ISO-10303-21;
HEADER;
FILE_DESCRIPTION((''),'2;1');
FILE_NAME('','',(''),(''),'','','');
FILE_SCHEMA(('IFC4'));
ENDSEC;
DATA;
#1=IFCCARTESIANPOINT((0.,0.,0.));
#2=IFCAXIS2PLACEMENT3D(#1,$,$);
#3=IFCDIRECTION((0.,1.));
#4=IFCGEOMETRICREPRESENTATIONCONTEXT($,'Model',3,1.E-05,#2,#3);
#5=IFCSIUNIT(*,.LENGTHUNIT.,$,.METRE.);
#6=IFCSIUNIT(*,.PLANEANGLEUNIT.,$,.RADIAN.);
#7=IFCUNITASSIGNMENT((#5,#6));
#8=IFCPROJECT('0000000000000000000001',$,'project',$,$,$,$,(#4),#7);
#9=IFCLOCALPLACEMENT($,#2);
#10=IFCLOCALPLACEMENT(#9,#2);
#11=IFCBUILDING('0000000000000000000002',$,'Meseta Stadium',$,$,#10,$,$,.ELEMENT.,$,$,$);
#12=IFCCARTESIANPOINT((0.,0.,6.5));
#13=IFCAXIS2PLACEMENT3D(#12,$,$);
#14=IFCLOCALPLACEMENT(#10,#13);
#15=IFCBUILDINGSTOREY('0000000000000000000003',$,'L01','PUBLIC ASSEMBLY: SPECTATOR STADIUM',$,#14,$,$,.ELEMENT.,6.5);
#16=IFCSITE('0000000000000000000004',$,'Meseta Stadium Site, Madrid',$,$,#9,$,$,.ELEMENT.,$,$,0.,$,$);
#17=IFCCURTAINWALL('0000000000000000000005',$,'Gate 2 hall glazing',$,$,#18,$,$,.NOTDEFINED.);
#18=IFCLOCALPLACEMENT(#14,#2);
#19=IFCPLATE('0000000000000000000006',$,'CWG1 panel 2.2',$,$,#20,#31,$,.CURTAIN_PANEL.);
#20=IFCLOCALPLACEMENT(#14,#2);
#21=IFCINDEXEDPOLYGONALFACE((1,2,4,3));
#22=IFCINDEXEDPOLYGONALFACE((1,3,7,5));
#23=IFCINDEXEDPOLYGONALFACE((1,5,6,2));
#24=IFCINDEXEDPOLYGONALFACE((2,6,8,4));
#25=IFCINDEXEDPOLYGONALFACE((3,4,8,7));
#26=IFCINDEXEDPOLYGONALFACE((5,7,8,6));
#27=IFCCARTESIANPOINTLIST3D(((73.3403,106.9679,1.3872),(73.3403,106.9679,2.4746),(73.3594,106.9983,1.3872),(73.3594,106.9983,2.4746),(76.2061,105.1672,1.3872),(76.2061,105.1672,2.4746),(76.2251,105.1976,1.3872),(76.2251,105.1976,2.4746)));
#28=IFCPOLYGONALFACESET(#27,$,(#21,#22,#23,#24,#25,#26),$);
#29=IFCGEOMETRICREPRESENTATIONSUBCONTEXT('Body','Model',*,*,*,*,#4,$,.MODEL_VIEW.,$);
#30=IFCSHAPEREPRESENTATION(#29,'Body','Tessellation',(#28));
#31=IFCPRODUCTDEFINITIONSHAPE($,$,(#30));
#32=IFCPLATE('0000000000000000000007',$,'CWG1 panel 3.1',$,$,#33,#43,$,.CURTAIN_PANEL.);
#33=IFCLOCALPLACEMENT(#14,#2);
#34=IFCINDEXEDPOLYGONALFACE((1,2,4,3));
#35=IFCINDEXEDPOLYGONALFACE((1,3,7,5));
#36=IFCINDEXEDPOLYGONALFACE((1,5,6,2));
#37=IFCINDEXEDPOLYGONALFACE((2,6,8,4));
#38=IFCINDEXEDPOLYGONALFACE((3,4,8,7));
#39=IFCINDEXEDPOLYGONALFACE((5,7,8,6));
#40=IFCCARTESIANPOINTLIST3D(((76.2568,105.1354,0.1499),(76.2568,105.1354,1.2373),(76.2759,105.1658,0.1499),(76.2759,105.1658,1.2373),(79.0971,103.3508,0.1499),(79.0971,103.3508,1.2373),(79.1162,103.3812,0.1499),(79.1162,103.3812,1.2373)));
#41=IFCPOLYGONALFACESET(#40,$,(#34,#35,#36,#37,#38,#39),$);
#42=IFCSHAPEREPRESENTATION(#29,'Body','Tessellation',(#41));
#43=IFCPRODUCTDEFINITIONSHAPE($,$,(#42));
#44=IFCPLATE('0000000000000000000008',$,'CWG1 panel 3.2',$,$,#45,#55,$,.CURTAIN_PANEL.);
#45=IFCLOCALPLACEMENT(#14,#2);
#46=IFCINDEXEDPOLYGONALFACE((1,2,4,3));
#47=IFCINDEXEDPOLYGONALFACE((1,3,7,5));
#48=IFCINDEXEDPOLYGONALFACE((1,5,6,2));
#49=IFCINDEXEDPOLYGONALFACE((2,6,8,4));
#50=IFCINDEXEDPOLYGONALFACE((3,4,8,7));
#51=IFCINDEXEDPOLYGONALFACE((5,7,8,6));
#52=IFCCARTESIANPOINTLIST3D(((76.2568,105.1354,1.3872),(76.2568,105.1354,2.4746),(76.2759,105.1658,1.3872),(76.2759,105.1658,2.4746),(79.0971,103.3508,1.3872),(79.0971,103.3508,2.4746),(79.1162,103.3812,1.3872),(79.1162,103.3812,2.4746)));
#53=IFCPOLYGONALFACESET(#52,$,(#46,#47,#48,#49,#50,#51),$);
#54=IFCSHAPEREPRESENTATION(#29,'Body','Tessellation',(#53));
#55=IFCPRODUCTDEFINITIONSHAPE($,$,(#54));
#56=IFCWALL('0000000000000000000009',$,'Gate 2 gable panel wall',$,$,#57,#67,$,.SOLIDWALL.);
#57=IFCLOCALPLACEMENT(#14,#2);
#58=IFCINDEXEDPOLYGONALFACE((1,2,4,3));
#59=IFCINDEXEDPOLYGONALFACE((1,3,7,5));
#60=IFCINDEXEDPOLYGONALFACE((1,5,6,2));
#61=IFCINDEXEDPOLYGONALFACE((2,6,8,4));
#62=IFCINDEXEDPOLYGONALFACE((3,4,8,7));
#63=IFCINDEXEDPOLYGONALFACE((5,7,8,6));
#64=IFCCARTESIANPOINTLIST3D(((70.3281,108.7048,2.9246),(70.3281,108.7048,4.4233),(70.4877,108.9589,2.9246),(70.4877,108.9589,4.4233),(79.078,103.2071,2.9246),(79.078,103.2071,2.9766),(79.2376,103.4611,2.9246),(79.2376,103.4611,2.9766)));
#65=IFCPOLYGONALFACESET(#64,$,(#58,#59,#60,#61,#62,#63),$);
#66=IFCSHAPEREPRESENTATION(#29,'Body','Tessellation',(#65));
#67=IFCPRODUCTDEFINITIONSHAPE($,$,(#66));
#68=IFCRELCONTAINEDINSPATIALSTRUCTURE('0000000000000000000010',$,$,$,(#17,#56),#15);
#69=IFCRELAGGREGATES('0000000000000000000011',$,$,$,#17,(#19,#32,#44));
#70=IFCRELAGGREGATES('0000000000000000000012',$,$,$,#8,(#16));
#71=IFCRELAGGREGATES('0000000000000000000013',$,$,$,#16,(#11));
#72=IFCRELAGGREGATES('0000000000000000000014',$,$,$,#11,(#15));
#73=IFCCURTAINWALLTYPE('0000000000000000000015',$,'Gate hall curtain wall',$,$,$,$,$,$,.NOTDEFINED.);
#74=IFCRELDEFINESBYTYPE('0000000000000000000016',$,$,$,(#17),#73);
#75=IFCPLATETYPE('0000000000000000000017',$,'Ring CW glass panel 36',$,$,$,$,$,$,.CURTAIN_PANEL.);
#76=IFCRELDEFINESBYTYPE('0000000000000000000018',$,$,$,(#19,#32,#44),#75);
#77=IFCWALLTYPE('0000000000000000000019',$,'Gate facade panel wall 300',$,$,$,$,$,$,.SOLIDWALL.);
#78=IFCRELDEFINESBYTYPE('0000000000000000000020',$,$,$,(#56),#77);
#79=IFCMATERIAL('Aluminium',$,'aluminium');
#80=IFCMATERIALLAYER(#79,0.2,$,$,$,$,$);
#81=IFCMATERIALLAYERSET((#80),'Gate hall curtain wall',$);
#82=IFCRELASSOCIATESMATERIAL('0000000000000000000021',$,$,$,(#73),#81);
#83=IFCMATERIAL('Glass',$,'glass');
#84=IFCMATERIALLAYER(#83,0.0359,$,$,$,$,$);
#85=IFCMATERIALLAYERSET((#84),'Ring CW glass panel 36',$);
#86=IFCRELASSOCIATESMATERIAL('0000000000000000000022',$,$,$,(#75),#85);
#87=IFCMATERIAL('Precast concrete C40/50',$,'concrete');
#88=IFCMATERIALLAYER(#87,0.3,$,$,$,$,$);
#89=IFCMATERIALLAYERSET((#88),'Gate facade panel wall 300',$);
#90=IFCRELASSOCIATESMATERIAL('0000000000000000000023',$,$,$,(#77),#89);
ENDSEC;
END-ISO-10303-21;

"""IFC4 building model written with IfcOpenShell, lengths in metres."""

from ifc_helpers import new_model, si_unit, direction, frame, origin, origin_2d, place, context, subcontext, project, spatial, polyline, rectangle, outline, extrude, material, layer, layer_set, type_object, element, aggregate, save


model = new_model("IFC4")

# Units and contexts
model_context = context("Model", 3, precision=1e-05, world=origin(), true_north=direction((0.0, 1.0)))
body_context = subcontext(model_context, "Body", "Model", "MODEL_VIEW")
ifc_project = project(units=[si_unit("LENGTHUNIT", "METRE"), si_unit("PLANEANGLEUNIT", "RADIAN")], contexts=[model_context])

# Site, building, storey
site_placement = place(None, origin())
site = spatial("IfcSite", under=ifc_project, at=site_placement, Name="Meseta Stadium Site, Madrid", CompositionType="ELEMENT", RefElevation=0.0)
building_placement = place(site_placement, origin())
building = spatial("IfcBuilding", under=site, at=building_placement, Name="Meseta Stadium", CompositionType="ELEMENT")
storey_placement = place(building_placement, frame((0.0, 0.0, 6.5)))
storey = spatial("IfcBuildingStorey", under=building, at=storey_placement, Name="L01", Description="PUBLIC ASSEMBLY: SPECTATOR STADIUM", CompositionType="ELEMENT", Elevation=6.5)

# Curtain wall
ifc_material_1 = material(Name="Aluminium", Category="aluminium")
ifc_layer_1 = layer(ifc_material_1, 0.2)
ifc_layer_set_1 = layer_set([ifc_layer_1], Name="Gate hall curtain wall")
curtain_wall_type = type_object("IfcCurtainWallType", Name="Gate hall curtain wall", PredefinedType="NOTDEFINED", material=ifc_layer_set_1)
curtain_wall_1_placement = place(storey_placement, origin())
curtain_wall_1 = element("IfcCurtainWall", 1, at=curtain_wall_1_placement, inside=storey, type_object=curtain_wall_type, Name="Gate 2 hall glazing", PredefinedType="NOTDEFINED")

# Plates
ifc_material_2 = material(Name="Glass", Category="glass")
ifc_layer_2 = layer(ifc_material_2, 0.0359)
ifc_layer_set_2 = layer_set([ifc_layer_2], Name="Ring CW glass panel 36")
plate_type = type_object("IfcPlateType", Name="Ring CW glass panel 36", PredefinedType="CURTAIN_PANEL", material=ifc_layer_set_2)
plate_1_placement = place(storey_placement, frame((74.7827, 106.0828, 1.3872), z_axis=(0.0, 0.0, 1.0), x_axis=(0.846727, -0.532028, 0.0)))
plate_1 = element("IfcPlate", 2, at=plate_1_placement, type_object=plate_type, Name="CWG1 panel 2.2", PredefinedType="CURTAIN_PANEL", context=body_context, shape_type="SweptSolid", body=[
    extrude(rectangle(XDim=3.3845, YDim=0.0359, at=origin_2d()), origin(), (0.0, 0.0, 1.0), 1.0874),
])
plate_2_placement = place(storey_placement, frame((77.6865, 104.2583, 0.1499), z_axis=(0.0, 0.0, 1.0), x_axis=(0.846727, -0.532028, 0.0)))
plate_2 = element("IfcPlate", 3, at=plate_2_placement, type_object=plate_type, Name="CWG1 panel 3.1", PredefinedType="CURTAIN_PANEL", context=body_context, shape_type="SweptSolid", body=[
    extrude(rectangle(XDim=3.3545, YDim=0.0359, at=origin_2d()), origin(), (0.0, 0.0, 1.0), 1.0874),
])
plate_3_placement = place(storey_placement, frame((77.6865, 104.2583, 1.3872), z_axis=(0.0, 0.0, 1.0), x_axis=(0.846727, -0.532028, 0.0)))
plate_3 = element("IfcPlate", 4, at=plate_3_placement, type_object=plate_type, Name="CWG1 panel 3.2", PredefinedType="CURTAIN_PANEL", context=body_context, shape_type="SweptSolid", body=[
    extrude(rectangle(XDim=3.3545, YDim=0.0359, at=origin_2d()), origin(), (0.0, 0.0, 1.0), 1.0874),
])
aggregate(curtain_wall_1, [plate_1, plate_2, plate_3])

# Wall
ifc_material_3 = material(Name="Precast concrete C40/50", Category="concrete")
ifc_layer_3 = layer(ifc_material_3, 0.3)
ifc_layer_set_3 = layer_set([ifc_layer_3], Name="Gate facade panel wall 300")
wall_type = type_object("IfcWallType", Name="Gate facade panel wall 300", PredefinedType="SOLIDWALL", material=ifc_layer_set_3)
wall_placement = place(storey_placement, frame((79.1577, 103.334, 2.9246), z_axis=(0.0, 0.0, 1.0), x_axis=(-0.846732, 0.532019, 0.0)))
element("IfcWall", 5, at=wall_placement, inside=storey, type_object=wall_type, Name="Gate 2 gable panel wall", PredefinedType="SOLIDWALL", context=body_context, shape_type="SweptSolid", body=[
    extrude(outline(polyline([(0.0, 0.0), (10.3337, 0.0), (10.3337, 1.4988), (0.0, 0.052), (0.0, 0.0)])), frame((0.0, 0.1499, 0.0), z_axis=(0.0, -1.0, 0.0), x_axis=(1.0, 0.0, 0.0)), (0.0, 0.0, 1.0), 0.3),
])

save(model, "model.ifc")
